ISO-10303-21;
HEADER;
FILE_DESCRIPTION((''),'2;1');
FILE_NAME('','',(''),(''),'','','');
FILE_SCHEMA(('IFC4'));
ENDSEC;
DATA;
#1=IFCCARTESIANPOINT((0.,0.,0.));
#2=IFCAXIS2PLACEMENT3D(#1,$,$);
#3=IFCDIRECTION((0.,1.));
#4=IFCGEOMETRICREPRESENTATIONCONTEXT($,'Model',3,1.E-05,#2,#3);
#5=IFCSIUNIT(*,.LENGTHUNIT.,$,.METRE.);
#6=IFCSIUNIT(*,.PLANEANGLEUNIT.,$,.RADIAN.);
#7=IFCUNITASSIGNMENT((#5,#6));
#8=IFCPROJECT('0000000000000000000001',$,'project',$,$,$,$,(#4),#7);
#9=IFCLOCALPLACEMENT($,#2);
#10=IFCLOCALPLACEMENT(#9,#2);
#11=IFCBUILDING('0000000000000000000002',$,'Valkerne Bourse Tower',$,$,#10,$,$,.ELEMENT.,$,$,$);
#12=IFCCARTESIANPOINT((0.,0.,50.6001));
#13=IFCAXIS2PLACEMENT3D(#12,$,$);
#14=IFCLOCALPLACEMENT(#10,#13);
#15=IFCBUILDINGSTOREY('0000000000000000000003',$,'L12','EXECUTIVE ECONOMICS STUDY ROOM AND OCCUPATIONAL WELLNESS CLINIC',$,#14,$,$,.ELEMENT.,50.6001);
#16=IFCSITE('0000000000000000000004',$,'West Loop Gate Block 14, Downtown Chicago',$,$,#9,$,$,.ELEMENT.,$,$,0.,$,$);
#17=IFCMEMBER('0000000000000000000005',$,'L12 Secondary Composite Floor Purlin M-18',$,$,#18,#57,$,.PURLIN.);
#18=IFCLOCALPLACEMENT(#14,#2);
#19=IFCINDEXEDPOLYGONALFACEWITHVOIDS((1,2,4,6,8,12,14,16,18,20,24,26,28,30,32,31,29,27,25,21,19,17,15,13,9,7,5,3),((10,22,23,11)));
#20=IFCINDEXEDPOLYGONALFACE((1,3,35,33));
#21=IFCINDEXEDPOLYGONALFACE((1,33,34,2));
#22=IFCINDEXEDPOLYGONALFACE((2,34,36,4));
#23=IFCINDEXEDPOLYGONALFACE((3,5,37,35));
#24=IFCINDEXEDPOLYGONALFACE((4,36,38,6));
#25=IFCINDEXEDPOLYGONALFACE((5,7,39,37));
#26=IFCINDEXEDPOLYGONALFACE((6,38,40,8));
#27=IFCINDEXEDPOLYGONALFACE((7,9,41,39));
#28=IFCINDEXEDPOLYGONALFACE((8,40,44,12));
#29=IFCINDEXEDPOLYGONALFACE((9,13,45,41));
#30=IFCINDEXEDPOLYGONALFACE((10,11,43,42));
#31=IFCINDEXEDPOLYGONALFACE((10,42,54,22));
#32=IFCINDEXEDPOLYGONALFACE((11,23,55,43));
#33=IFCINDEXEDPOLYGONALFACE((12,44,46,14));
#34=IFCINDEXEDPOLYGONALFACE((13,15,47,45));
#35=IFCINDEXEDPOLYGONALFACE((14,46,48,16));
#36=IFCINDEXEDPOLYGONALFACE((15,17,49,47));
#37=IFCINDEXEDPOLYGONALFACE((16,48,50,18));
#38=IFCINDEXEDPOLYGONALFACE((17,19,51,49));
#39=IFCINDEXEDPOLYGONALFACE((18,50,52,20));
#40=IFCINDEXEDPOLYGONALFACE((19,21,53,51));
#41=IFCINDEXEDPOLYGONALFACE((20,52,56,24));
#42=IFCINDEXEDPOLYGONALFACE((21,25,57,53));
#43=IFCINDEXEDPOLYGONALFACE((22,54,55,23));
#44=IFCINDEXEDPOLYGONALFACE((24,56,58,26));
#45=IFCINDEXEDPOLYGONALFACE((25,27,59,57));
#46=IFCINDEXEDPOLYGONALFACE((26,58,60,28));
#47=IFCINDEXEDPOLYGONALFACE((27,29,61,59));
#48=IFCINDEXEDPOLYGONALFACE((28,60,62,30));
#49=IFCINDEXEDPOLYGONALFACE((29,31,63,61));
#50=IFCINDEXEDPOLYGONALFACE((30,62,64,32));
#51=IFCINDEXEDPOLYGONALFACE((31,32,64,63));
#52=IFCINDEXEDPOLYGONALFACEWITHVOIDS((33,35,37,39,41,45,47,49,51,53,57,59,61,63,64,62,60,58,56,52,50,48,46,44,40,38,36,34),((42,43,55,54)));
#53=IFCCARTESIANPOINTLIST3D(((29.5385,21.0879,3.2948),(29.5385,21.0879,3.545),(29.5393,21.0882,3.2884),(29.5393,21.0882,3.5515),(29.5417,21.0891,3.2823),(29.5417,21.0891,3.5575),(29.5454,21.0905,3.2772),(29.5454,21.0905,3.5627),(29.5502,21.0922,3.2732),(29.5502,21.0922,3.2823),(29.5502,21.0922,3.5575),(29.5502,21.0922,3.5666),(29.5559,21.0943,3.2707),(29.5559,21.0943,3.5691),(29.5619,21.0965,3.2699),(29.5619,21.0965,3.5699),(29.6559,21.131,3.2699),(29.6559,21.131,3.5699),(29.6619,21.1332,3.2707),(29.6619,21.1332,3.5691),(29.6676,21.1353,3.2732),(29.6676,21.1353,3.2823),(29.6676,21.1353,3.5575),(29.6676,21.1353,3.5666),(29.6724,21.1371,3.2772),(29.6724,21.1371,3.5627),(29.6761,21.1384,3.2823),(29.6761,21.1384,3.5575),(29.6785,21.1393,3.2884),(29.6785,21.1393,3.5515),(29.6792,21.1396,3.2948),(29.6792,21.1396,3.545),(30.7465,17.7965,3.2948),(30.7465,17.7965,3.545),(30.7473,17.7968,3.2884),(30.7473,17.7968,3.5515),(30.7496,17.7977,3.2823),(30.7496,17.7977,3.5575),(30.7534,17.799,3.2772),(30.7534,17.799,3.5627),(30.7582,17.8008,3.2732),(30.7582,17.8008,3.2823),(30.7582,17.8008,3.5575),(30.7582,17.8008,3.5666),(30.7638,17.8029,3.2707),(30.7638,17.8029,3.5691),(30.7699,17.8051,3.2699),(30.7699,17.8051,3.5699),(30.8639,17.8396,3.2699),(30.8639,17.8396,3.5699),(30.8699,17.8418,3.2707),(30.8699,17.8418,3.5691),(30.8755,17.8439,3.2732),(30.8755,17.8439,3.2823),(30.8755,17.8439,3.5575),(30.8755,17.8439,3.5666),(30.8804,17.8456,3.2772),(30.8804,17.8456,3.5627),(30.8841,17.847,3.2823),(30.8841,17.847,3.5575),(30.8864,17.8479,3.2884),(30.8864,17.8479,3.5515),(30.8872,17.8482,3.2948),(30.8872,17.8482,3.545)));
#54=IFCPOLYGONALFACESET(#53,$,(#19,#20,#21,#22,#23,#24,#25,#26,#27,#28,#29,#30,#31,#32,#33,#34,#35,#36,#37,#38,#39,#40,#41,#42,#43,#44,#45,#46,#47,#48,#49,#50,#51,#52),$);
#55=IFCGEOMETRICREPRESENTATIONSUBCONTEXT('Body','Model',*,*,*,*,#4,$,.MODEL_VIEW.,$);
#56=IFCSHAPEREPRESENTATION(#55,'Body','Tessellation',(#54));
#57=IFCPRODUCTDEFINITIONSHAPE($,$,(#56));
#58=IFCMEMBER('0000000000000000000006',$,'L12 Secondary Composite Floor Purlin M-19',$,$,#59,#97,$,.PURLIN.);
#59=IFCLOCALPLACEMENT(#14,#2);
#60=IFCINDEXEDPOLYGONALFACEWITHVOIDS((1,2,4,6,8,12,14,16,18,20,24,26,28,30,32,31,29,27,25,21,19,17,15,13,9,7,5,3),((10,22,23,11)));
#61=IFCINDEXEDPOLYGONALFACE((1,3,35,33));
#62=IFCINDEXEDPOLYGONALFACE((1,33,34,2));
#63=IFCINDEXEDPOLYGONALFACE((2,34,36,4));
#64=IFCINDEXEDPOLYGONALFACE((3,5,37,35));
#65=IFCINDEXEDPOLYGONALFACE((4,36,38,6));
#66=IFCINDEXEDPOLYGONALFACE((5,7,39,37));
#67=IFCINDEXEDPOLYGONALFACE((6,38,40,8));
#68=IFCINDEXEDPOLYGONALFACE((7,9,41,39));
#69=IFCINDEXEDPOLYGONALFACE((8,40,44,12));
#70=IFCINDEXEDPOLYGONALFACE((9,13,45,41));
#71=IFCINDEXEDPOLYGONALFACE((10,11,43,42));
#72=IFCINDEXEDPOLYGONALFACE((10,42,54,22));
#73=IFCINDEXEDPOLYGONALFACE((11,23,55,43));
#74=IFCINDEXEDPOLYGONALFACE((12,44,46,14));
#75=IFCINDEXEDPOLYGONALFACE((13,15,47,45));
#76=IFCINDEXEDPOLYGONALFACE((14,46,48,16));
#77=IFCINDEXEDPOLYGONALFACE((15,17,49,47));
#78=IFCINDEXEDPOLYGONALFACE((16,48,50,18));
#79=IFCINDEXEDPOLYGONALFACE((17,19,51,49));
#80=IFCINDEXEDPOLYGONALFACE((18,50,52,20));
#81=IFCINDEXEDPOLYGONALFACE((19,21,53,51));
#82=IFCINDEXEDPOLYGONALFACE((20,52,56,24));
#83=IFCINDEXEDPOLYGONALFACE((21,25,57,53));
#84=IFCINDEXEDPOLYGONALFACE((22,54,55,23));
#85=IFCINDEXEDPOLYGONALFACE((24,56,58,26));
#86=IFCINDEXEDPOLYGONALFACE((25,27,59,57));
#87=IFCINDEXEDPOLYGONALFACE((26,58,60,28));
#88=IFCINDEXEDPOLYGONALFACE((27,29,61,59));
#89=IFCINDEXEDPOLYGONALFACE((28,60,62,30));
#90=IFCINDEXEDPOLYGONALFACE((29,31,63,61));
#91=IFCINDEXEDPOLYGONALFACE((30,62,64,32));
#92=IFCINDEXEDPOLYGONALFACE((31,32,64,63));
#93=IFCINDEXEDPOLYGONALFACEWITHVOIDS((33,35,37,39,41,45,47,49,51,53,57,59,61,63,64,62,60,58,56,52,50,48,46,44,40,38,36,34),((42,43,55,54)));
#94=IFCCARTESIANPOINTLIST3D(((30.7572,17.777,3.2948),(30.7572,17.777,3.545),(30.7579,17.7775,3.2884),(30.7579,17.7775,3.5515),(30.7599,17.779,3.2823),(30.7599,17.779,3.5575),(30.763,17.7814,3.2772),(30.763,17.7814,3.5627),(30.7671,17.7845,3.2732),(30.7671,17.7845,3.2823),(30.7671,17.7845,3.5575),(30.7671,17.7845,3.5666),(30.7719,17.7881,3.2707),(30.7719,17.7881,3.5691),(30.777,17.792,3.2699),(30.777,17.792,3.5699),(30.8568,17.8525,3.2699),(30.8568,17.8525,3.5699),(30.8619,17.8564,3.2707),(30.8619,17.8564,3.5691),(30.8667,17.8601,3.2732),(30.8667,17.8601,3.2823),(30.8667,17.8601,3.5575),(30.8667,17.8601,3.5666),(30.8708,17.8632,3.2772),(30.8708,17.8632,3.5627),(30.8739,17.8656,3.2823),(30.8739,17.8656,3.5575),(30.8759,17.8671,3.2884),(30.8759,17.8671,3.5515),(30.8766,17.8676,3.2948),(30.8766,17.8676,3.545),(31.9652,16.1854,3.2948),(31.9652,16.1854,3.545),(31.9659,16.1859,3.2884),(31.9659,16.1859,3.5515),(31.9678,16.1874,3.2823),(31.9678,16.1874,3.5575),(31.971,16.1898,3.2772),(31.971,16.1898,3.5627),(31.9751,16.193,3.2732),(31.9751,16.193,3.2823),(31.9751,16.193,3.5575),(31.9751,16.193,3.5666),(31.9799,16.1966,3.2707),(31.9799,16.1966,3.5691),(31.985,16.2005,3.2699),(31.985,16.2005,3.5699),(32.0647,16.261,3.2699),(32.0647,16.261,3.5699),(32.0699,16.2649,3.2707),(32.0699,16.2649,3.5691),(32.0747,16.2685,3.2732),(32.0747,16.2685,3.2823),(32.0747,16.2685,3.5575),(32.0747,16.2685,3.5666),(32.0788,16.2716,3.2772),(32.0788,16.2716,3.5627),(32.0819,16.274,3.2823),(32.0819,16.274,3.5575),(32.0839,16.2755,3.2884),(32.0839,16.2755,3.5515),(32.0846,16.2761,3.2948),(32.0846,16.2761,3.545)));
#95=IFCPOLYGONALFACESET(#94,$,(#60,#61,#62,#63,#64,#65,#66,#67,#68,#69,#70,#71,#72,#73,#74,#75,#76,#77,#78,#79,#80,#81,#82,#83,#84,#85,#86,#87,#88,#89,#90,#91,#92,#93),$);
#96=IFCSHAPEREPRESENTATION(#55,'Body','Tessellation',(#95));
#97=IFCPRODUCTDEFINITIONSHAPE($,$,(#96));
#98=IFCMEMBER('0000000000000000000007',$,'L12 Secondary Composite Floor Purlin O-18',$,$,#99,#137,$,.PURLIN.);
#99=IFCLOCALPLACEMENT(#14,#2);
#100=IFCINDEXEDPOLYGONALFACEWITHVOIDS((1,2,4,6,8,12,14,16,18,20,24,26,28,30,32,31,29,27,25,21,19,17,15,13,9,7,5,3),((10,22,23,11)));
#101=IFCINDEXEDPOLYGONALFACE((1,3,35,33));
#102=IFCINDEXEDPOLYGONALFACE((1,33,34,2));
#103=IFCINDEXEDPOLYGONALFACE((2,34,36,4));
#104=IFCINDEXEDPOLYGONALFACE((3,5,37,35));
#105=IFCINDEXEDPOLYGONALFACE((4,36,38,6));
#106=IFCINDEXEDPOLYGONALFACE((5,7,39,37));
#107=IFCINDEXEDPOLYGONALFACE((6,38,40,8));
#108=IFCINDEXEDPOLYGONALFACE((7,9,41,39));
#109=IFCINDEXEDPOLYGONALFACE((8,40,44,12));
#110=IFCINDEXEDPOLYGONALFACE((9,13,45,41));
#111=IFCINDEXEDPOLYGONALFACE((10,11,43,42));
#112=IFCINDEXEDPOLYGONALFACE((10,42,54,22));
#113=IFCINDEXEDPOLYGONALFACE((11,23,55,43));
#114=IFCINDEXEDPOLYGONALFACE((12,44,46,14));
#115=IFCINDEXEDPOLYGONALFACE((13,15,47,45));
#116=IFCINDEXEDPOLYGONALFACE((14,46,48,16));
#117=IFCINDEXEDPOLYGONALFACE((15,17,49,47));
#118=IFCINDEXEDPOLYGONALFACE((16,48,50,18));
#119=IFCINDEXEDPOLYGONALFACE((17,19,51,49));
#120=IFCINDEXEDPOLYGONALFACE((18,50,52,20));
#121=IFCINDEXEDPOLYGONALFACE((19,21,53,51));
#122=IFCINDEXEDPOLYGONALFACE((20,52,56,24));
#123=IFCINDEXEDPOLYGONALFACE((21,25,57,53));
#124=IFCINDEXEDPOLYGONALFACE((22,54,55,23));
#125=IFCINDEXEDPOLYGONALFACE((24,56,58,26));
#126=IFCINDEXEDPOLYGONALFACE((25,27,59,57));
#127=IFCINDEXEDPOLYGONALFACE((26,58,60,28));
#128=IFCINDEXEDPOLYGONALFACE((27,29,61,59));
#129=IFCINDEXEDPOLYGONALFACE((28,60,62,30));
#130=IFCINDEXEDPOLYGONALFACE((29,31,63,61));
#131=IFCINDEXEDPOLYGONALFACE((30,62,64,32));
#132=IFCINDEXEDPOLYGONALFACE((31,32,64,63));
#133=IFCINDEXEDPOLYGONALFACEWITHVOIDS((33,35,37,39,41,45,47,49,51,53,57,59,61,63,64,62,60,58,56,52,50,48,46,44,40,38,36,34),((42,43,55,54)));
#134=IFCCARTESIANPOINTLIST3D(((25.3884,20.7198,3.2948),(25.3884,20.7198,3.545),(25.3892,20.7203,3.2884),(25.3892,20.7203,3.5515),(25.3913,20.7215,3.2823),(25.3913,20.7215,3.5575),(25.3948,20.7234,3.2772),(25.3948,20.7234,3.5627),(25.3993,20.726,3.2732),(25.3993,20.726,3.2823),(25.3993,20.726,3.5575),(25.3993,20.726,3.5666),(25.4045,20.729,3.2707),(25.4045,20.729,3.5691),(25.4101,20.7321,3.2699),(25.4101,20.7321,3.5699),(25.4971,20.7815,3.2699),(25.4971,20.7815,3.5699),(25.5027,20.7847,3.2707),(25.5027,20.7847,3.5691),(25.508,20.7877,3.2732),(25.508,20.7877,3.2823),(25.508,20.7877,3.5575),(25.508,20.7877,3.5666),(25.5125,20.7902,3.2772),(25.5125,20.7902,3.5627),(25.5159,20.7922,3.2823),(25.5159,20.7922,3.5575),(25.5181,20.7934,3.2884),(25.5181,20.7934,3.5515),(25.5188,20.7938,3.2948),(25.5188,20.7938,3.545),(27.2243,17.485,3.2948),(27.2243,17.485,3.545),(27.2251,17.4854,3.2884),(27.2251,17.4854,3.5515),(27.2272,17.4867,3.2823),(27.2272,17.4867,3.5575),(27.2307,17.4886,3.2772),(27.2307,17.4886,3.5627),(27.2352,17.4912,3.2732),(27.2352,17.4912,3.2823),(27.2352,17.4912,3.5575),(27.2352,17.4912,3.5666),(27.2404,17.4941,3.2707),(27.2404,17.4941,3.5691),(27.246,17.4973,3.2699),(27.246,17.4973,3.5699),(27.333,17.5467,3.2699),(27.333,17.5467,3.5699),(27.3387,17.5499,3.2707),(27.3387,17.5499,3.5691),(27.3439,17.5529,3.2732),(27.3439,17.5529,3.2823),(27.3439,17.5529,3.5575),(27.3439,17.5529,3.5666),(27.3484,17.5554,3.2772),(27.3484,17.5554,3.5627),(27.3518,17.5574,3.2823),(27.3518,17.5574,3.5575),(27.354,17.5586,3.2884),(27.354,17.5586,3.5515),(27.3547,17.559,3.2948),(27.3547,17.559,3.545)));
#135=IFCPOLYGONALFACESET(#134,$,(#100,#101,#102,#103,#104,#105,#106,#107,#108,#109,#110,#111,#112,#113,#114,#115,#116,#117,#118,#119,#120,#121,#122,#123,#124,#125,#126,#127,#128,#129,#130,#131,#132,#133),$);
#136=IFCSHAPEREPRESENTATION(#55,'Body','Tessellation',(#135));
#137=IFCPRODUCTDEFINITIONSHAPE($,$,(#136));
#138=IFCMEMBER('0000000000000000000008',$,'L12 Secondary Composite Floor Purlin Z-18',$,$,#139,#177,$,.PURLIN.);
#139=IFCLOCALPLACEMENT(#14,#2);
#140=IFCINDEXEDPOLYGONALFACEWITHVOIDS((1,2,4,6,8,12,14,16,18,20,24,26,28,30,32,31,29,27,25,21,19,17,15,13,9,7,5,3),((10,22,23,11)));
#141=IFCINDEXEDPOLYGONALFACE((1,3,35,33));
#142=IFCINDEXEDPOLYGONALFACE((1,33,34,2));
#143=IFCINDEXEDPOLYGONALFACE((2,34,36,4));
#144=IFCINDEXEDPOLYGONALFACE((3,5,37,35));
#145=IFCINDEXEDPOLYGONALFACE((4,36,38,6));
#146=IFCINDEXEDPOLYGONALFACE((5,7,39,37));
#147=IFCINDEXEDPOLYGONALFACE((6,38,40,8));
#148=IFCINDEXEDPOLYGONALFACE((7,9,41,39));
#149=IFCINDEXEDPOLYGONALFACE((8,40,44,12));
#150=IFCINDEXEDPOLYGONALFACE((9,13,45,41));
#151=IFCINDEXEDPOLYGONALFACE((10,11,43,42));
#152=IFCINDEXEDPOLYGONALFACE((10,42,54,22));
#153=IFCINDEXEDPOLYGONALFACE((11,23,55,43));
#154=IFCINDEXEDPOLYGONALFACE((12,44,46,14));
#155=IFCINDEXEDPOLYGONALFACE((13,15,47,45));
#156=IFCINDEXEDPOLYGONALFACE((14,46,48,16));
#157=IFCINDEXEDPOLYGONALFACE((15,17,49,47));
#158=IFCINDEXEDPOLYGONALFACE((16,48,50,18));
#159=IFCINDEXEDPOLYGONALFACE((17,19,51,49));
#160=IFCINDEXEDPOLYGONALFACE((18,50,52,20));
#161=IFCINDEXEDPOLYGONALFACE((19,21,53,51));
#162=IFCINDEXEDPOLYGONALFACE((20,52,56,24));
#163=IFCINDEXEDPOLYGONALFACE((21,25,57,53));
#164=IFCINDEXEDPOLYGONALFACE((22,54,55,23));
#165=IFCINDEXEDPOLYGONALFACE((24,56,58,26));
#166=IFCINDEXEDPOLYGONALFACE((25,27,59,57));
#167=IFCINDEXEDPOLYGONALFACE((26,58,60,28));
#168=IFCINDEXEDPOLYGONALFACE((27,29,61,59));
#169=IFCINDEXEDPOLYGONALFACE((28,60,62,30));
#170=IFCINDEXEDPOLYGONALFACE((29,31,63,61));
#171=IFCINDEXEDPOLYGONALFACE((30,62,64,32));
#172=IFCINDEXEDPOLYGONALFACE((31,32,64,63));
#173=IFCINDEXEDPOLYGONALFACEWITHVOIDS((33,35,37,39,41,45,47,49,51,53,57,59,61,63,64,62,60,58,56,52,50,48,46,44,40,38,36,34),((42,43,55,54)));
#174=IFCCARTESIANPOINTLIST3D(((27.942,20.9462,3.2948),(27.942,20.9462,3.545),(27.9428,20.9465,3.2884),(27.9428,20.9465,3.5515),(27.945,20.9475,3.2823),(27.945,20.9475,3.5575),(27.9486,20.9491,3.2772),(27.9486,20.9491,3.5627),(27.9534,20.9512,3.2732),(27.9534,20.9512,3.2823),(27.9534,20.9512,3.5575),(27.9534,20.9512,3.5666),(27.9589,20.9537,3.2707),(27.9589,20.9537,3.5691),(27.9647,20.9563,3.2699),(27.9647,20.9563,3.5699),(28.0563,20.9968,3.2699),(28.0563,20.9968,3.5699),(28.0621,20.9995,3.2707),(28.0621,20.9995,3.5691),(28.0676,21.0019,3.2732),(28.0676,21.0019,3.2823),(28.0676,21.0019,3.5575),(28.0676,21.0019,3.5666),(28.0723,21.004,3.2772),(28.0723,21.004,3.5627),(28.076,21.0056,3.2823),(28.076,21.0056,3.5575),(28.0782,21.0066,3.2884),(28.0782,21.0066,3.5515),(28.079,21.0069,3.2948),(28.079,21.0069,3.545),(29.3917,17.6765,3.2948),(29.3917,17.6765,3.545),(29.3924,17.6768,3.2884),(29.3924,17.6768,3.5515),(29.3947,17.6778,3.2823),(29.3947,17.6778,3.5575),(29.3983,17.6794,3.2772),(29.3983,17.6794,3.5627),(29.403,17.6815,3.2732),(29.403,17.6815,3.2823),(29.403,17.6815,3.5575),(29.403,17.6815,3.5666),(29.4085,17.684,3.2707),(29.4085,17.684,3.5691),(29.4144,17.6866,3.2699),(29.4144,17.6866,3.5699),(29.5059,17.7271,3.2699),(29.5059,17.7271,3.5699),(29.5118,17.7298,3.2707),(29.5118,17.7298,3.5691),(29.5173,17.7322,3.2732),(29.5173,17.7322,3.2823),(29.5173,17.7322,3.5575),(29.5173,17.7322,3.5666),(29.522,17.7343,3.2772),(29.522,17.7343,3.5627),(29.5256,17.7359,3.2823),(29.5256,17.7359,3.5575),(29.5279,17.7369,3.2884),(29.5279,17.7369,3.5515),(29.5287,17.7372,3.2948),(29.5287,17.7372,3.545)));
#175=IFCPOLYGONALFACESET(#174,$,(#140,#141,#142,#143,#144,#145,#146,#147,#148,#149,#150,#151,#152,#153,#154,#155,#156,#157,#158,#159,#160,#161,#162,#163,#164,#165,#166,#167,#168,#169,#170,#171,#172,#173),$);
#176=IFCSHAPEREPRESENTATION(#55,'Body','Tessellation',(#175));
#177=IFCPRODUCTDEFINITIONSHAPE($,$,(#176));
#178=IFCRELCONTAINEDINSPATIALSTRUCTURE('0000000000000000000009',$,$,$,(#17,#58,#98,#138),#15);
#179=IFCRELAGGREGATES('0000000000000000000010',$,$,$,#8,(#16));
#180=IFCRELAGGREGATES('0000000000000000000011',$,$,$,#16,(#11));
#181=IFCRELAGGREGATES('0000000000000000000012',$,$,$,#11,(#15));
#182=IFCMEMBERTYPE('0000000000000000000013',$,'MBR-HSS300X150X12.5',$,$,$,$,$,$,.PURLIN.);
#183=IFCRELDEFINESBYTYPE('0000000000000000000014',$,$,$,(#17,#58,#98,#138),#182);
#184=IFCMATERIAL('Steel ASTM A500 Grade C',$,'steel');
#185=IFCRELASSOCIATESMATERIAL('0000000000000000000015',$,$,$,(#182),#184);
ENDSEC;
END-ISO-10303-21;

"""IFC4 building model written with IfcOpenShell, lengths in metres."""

from ifc_helpers import new_model, si_unit, direction, frame, origin, origin_2d, place, context, subcontext, project, spatial, hollow_rectangle, extrude, material, material_profile, profile_set, type_object, element, save


model = new_model("IFC4")

# Units and contexts
model_context = context("Model", 3, precision=1e-05, world=origin(), true_north=direction((0.0, 1.0)))
body_context = subcontext(model_context, "Body", "Model", "MODEL_VIEW")
ifc_project = project(units=[si_unit("LENGTHUNIT", "METRE"), si_unit("PLANEANGLEUNIT", "RADIAN")], contexts=[model_context])

# Site, building, storey
site_placement = place(None, origin())
site = spatial("IfcSite", under=ifc_project, at=site_placement, Name="West Loop Gate Block 14, Downtown Chicago", CompositionType="ELEMENT", RefElevation=0.0)
building_placement = place(site_placement, origin())
building = spatial("IfcBuilding", under=site, at=building_placement, Name="Valkerne Bourse Tower", CompositionType="ELEMENT")
storey_placement = place(building_placement, frame((0.0, 0.0, 50.6001)))
storey = spatial("IfcBuildingStorey", under=building, at=storey_placement, Name="L12", Description="EXECUTIVE ECONOMICS STUDY ROOM AND OCCUPATIONAL WELLNESS CLINIC", CompositionType="ELEMENT", Elevation=50.6001)

# Members
ifc_material_1 = material(Name="Steel ASTM A500 Grade C", Category="steel")
ifc_material_profile_1 = material_profile(ifc_material_1, hollow_rectangle(XDim=0.1499, YDim=0.3, WallThickness=0.0125, OuterFilletRadius=0.0249, at=origin_2d()), Name="HSS300X150X12.5")
ifc_profile_set_1 = profile_set([ifc_material_profile_1], Name="Steel ASTM A500 Grade C")
member_type_1 = type_object("IfcMemberType", Name="MBR-HSS300X150X12.5", PredefinedType="PURLIN", material=ifc_profile_set_1)
member_1_placement = place(storey_placement, frame((29.6089, 21.1138, 3.4199), z_axis=(0.344537, -0.938773, 0.0), x_axis=(0.938773, 0.344537, 0.0)))
element("IfcMember", 1, at=member_1_placement, inside=storey, type_object=member_type_1, Name="L12 Secondary Composite Floor Purlin M-18", PredefinedType="PURLIN", context=body_context, shape_type="SweptSolid", body=[
    extrude(hollow_rectangle(XDim=0.1499, YDim=0.3, WallThickness=0.0125, OuterFilletRadius=0.0249, at=origin_2d()), origin(), (0.0, 0.0, 1.0), 3.5061),
])
member_2_placement = place(storey_placement, frame((30.8169, 17.8223, 3.4199), z_axis=(0.604584, -0.796541, 0.0), x_axis=(0.796541, 0.604584, 0.0)))
element("IfcMember", 2, at=member_2_placement, inside=storey, type_object=member_type_1, Name="L12 Secondary Composite Floor Purlin M-19", PredefinedType="PURLIN", context=body_context, shape_type="SweptSolid", body=[
    extrude(hollow_rectangle(XDim=0.1499, YDim=0.3, WallThickness=0.0125, OuterFilletRadius=0.0249, at=origin_2d()), origin(), (0.0, 0.0, 1.0), 1.998),
])
member_3_placement = place(storey_placement, frame((25.4536, 20.7568, 3.4199), z_axis=(0.493592, -0.869694, 0.0), x_axis=(0.869694, 0.493592, 0.0)))
element("IfcMember", 3, at=member_3_placement, inside=storey, type_object=member_type_1, Name="L12 Secondary Composite Floor Purlin O-18", PredefinedType="PURLIN", context=body_context, shape_type="SweptSolid", body=[
    extrude(hollow_rectangle(XDim=0.1499, YDim=0.3, WallThickness=0.0125, OuterFilletRadius=0.0249, at=origin_2d()), origin(), (0.0, 0.0, 1.0), 3.7195),
])
member_4_placement = place(storey_placement, frame((28.0105, 20.9766, 3.4199), z_axis=(0.405315, -0.914177, 0.0), x_axis=(0.914177, 0.405315, 0.0)))
element("IfcMember", 4, at=member_4_placement, inside=storey, type_object=member_type_1, Name="L12 Secondary Composite Floor Purlin Z-18", PredefinedType="PURLIN", context=body_context, shape_type="SweptSolid", body=[
    extrude(hollow_rectangle(XDim=0.1499, YDim=0.3, WallThickness=0.0125, OuterFilletRadius=0.0249, at=origin_2d()), origin(), (0.0, 0.0, 1.0), 3.5767),
])

save(model, "model.ifc")
